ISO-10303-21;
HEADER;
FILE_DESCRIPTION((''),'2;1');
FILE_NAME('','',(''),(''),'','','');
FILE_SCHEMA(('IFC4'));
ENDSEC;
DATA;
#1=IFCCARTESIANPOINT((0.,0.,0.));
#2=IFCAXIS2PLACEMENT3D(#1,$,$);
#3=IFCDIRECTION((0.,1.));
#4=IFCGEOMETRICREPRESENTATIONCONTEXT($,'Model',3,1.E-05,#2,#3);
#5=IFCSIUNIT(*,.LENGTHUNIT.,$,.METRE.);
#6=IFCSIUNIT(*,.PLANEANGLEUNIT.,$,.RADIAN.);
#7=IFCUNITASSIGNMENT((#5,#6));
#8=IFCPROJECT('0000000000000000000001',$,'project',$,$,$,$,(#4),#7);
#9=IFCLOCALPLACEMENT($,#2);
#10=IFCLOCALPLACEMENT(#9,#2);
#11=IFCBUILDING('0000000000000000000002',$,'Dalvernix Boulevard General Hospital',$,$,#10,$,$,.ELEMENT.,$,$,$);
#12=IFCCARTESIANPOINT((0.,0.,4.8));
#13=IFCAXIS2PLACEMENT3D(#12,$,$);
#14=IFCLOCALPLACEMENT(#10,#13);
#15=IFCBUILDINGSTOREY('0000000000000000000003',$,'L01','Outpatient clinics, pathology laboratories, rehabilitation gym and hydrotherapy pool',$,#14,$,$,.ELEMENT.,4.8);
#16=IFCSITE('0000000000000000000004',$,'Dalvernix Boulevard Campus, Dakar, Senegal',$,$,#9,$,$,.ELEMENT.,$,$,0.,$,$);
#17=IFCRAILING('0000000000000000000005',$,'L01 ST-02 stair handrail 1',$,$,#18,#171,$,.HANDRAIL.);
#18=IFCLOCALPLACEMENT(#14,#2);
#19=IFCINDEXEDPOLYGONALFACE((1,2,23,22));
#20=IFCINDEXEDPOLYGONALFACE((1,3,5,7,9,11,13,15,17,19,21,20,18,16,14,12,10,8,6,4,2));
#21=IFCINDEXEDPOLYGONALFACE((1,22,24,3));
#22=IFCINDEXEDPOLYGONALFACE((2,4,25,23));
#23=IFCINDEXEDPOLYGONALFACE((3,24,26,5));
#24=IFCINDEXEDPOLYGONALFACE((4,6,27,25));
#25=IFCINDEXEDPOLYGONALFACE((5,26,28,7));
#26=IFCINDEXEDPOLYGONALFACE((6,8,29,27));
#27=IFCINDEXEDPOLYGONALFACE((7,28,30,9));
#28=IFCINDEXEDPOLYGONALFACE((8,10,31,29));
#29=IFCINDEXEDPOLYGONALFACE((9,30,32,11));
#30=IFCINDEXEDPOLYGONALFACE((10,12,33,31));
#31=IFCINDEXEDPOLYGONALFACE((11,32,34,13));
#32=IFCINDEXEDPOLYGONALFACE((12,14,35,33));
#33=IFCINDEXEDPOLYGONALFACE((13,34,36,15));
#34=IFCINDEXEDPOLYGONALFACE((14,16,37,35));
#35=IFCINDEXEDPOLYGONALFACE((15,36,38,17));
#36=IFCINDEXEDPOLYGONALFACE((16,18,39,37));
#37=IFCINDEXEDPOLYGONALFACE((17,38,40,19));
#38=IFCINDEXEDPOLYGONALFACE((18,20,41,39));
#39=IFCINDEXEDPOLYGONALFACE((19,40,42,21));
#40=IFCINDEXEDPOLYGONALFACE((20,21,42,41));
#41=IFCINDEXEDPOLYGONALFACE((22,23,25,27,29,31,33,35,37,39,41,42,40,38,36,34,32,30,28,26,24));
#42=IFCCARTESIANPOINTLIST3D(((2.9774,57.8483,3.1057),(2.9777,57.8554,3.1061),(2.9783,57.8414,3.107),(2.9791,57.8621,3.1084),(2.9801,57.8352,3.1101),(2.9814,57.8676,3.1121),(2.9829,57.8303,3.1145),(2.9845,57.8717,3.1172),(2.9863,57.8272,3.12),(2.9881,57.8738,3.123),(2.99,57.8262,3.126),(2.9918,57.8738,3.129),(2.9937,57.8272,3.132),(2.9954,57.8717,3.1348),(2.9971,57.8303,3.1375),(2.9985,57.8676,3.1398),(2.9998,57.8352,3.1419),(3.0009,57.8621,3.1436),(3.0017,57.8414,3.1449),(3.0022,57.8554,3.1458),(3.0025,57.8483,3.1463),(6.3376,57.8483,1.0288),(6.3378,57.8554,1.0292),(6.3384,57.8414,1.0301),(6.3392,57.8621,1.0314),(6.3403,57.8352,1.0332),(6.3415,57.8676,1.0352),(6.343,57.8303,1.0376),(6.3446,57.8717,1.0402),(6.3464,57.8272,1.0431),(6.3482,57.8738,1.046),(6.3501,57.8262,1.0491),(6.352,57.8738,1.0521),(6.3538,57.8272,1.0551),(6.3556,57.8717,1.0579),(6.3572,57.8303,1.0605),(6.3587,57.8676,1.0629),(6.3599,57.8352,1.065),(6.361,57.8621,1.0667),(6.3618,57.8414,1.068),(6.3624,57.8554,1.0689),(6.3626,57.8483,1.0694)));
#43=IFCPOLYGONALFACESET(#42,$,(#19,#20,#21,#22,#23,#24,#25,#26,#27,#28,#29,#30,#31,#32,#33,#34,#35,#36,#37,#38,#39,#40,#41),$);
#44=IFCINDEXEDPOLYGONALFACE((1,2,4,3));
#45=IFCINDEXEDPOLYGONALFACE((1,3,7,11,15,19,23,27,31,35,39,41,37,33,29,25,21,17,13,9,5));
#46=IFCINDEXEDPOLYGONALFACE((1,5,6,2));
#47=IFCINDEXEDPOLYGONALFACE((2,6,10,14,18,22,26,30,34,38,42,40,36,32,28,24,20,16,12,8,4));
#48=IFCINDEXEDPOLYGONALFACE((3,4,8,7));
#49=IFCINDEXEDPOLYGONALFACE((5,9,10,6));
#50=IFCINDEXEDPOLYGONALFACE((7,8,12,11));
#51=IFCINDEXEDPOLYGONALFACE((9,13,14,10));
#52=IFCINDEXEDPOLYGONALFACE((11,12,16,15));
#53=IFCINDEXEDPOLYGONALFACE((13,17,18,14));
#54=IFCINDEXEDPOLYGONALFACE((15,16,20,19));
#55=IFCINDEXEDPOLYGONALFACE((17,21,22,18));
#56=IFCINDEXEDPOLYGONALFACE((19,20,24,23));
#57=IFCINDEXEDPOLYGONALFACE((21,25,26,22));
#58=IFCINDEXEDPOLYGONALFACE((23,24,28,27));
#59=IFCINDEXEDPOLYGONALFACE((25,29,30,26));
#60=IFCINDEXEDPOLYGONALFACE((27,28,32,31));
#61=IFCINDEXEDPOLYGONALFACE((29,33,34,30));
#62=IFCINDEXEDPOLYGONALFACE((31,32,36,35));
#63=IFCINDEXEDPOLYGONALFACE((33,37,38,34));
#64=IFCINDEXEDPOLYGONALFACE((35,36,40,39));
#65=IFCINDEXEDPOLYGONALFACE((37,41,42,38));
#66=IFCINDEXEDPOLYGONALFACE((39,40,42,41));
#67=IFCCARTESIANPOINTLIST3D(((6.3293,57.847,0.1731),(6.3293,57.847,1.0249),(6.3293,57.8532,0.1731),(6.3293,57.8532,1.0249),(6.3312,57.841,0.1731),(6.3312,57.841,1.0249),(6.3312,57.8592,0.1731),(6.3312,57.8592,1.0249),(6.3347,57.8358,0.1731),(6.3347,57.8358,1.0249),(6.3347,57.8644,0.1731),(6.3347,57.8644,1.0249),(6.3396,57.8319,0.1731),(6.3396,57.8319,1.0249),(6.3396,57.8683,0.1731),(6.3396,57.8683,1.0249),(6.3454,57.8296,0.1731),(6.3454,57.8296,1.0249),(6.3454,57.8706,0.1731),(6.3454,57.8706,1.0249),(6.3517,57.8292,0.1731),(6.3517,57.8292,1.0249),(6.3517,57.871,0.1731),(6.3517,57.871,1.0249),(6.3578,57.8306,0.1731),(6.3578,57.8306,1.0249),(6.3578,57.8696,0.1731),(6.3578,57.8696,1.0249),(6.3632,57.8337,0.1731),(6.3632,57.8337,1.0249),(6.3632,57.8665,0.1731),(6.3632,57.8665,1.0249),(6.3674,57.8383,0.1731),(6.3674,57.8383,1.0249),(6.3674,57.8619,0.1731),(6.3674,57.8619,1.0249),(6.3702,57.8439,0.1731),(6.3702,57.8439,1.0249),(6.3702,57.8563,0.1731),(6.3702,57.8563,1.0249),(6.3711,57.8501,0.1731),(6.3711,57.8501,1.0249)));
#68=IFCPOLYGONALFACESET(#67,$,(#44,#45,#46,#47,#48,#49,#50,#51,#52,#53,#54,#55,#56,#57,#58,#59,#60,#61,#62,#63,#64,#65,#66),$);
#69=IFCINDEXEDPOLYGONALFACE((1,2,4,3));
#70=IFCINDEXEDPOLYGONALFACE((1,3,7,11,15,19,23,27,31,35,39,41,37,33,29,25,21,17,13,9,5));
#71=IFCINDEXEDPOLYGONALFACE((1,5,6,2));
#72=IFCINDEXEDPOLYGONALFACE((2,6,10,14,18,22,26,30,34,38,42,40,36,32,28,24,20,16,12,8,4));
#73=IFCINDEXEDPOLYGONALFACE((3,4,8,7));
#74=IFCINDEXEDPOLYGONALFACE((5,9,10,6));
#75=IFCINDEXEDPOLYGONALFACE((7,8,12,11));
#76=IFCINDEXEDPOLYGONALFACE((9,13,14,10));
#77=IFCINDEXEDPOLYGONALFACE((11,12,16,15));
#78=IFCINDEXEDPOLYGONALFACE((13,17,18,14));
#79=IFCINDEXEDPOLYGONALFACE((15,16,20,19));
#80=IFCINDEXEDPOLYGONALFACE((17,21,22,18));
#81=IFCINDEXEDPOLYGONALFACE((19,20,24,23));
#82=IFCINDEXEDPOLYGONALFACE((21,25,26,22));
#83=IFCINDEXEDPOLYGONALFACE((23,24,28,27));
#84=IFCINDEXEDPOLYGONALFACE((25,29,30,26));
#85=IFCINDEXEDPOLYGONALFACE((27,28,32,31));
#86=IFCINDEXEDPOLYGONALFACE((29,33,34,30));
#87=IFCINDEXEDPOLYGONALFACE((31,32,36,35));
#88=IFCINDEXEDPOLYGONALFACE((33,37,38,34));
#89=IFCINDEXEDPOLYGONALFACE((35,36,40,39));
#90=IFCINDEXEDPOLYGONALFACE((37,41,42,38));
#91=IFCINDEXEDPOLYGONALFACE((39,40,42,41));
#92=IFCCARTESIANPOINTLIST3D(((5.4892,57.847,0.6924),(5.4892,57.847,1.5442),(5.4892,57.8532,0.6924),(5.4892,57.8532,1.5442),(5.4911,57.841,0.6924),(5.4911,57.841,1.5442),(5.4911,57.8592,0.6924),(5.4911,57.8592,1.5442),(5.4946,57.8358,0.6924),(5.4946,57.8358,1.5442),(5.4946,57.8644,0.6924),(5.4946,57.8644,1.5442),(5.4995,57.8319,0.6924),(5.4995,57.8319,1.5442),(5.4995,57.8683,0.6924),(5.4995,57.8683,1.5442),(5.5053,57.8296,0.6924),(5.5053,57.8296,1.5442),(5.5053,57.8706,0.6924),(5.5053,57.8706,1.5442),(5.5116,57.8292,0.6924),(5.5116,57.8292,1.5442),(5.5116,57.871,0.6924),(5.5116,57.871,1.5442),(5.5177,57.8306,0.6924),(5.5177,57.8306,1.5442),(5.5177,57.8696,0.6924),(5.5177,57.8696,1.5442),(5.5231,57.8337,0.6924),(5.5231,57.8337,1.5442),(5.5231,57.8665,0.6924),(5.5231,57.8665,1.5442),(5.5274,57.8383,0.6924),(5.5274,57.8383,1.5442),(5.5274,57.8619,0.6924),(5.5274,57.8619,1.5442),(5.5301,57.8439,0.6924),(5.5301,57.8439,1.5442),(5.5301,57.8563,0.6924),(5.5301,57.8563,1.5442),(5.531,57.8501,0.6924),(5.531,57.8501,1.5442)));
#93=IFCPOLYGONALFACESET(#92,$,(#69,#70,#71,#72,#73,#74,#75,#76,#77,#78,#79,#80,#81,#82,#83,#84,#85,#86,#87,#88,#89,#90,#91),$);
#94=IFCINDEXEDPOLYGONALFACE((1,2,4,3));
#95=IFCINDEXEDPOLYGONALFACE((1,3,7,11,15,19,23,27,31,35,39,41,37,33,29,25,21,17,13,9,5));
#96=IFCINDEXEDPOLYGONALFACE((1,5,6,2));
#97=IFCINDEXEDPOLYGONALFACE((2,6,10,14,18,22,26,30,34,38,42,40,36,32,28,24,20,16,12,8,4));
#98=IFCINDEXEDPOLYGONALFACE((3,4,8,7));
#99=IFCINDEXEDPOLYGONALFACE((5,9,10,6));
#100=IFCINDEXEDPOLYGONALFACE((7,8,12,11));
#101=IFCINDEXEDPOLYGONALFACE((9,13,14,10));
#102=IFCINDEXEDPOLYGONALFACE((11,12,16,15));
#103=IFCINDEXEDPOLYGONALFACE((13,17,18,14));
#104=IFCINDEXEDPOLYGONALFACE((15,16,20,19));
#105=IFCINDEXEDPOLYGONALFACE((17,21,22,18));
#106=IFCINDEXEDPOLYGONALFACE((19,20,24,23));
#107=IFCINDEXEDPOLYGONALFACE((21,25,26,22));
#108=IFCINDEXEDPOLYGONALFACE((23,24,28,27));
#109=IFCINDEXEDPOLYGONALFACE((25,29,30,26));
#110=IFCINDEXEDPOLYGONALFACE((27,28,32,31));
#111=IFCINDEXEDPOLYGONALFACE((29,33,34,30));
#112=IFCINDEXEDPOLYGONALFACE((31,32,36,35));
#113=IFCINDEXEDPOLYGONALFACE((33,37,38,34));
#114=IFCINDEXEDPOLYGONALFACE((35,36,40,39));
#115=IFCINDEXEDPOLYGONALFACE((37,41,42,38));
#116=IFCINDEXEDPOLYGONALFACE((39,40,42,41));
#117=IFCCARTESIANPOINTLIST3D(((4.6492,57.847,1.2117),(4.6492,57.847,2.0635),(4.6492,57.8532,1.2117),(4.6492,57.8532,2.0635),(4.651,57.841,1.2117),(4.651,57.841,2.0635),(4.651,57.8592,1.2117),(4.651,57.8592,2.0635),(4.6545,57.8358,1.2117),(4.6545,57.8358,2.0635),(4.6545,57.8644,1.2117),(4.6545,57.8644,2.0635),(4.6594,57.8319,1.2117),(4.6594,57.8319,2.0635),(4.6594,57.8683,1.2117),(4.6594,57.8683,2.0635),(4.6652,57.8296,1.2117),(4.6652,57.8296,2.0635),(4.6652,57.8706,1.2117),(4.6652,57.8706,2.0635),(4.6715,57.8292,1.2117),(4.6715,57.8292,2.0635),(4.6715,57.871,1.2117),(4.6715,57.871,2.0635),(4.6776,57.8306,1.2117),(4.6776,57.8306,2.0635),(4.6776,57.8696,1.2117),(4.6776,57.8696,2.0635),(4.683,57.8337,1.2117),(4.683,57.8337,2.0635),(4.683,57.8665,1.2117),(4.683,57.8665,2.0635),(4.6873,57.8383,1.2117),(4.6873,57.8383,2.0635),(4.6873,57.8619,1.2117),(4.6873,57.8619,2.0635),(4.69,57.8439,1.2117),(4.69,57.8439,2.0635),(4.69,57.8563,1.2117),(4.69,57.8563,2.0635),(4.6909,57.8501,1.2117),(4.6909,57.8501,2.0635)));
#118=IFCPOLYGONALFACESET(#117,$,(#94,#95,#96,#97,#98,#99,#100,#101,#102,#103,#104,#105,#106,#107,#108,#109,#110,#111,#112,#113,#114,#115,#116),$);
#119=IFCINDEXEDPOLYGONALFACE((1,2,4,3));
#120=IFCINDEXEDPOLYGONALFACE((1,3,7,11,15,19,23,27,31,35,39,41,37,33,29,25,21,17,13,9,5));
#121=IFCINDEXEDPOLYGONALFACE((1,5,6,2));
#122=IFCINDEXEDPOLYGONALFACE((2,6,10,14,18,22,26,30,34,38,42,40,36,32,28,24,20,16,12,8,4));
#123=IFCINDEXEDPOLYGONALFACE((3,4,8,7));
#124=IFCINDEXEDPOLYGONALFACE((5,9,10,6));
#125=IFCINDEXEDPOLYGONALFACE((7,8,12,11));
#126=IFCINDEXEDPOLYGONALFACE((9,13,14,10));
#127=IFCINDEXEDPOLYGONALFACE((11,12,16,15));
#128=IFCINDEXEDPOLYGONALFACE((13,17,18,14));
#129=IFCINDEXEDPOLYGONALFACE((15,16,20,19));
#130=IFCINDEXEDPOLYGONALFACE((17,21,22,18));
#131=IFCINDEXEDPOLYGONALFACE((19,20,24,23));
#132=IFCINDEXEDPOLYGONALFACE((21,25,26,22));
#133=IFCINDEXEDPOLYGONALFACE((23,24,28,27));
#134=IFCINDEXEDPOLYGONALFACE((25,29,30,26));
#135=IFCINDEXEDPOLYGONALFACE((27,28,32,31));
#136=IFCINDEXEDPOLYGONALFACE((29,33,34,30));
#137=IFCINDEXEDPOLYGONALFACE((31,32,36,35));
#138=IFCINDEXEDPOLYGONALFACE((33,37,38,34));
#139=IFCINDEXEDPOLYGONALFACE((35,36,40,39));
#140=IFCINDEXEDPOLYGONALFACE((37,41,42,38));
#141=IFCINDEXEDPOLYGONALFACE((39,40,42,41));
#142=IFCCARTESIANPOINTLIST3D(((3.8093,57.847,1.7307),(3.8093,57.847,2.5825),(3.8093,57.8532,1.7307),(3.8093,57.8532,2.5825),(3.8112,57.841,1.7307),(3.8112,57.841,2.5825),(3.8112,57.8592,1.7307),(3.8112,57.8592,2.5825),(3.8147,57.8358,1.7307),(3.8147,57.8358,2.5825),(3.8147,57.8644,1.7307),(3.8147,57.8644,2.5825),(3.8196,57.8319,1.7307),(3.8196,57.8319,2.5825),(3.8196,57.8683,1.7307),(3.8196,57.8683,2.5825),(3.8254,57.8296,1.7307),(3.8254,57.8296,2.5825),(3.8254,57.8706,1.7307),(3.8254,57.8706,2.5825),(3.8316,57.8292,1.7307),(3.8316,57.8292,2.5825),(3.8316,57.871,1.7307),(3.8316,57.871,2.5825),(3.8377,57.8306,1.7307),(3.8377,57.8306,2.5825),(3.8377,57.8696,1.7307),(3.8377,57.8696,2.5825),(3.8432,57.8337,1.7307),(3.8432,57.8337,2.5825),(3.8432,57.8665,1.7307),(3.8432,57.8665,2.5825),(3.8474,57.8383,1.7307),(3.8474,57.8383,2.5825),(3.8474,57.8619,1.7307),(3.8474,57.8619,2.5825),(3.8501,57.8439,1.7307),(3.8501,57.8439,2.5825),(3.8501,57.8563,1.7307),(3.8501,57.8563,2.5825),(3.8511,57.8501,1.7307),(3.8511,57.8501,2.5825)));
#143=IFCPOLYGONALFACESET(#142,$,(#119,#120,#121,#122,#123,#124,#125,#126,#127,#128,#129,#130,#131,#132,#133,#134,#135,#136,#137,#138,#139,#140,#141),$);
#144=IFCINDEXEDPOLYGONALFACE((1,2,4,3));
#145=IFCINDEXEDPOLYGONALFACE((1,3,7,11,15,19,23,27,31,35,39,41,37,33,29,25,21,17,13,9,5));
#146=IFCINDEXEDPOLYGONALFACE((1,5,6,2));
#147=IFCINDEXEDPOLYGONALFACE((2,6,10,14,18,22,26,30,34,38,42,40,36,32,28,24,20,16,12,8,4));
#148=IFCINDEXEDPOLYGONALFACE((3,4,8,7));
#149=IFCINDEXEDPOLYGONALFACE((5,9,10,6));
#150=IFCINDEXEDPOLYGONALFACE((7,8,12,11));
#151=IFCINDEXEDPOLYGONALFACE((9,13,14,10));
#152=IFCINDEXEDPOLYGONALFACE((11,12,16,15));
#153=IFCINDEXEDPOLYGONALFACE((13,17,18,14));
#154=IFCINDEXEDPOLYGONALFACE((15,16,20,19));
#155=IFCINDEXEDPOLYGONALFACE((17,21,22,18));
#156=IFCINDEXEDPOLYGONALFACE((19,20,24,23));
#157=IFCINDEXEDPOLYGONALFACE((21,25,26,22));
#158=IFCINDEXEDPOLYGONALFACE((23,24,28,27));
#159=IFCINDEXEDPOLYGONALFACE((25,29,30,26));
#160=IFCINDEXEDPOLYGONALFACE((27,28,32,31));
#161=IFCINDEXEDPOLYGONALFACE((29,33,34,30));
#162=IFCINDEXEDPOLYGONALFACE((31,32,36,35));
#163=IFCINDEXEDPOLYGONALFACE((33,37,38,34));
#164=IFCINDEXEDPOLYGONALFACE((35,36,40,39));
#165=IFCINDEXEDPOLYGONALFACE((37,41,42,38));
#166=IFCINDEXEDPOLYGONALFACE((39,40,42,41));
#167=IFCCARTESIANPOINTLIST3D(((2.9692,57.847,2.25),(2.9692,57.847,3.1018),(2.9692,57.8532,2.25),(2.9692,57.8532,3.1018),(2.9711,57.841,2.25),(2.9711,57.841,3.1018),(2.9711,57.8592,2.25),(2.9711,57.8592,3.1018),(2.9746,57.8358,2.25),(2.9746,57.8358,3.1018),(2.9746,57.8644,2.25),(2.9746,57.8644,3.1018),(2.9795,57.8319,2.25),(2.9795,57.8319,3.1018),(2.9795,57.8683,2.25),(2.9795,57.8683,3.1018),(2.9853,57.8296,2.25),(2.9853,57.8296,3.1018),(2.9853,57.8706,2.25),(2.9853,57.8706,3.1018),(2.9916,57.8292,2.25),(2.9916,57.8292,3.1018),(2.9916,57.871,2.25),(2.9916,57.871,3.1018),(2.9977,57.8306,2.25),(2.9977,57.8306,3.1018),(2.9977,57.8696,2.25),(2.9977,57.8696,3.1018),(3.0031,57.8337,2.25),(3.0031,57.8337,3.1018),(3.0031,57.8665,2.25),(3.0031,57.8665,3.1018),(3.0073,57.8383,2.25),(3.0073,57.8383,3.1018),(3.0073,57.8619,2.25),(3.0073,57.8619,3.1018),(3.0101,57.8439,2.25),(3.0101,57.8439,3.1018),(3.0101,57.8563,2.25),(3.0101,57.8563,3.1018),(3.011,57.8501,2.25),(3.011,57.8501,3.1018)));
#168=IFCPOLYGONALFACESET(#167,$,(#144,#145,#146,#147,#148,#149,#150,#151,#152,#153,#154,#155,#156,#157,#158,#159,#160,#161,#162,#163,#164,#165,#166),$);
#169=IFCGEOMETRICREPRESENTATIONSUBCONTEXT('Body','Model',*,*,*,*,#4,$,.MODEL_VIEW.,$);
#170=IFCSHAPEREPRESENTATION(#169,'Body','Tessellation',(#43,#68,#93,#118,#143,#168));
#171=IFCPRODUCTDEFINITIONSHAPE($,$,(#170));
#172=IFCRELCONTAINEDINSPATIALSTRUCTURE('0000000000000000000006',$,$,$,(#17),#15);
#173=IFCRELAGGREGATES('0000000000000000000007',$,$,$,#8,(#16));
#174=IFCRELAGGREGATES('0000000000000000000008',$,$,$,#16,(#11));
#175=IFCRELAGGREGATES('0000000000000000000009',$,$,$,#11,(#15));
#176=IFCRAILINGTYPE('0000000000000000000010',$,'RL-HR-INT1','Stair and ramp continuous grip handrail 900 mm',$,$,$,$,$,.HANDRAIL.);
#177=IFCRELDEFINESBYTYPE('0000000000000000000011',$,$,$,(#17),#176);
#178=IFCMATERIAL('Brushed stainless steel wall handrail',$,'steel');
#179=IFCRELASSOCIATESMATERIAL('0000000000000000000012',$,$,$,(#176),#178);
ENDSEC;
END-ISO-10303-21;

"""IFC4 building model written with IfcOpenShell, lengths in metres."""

from ifc_helpers import new_model, si_unit, direction, frame, origin, origin_2d, place, context, subcontext, project, spatial, circle, extrude, material, type_object, element, save


model = new_model("IFC4")

# Units and contexts
model_context = context("Model", 3, precision=1e-05, world=origin(), true_north=direction((0.0, 1.0)))
body_context = subcontext(model_context, "Body", "Model", "MODEL_VIEW")
ifc_project = project(units=[si_unit("LENGTHUNIT", "METRE"), si_unit("PLANEANGLEUNIT", "RADIAN")], contexts=[model_context])

# Site, building, storey
site_placement = place(None, origin())
site = spatial("IfcSite", under=ifc_project, at=site_placement, Name="Dalvernix Boulevard Campus, Dakar, Senegal", CompositionType="ELEMENT", RefElevation=0.0)
building_placement = place(site_placement, origin())
building = spatial("IfcBuilding", under=site, at=building_placement, Name="Dalvernix Boulevard General Hospital", CompositionType="ELEMENT")
storey_placement = place(building_placement, frame((0.0, 0.0, 4.8)))
storey = spatial("IfcBuildingStorey", under=building, at=storey_placement, Name="L01", Description="Outpatient clinics, pathology laboratories, rehabilitation gym and hydrotherapy pool", CompositionType="ELEMENT", Elevation=4.8)

# Railing
ifc_material_1 = material(Name="Brushed stainless steel wall handrail", Category="steel")
railing_type_1 = type_object("IfcRailingType", Name="RL-HR-INT1", Description="Stair and ramp continuous grip handrail 900 mm", PredefinedType="HANDRAIL", material=ifc_material_1)
railing_1_placement = place(storey_placement, frame((6.3501, 57.8501, 0.1731)))
element("IfcRailing", 1, at=railing_1_placement, inside=storey, type_object=railing_type_1, Name="L01 ST-02 stair handrail 1", PredefinedType="HANDRAIL", context=body_context, shape_type="SweptSolid", body=[
    extrude(circle(Radius=0.0239, at=origin_2d()), frame((0.0, 0.0, 0.876), z_axis=(-0.850623, 0.0, 0.525776), x_axis=(0.0, -1.0, 0.0)), (0.0, 0.0, 1.0), 3.9502),
    extrude(circle(Radius=0.021, at=origin_2d()), origin(), (0.0, 0.0, 1.0), 0.8518),
    extrude(circle(Radius=0.021, at=origin_2d()), frame((-0.8401, 0.0, 0.5193)), (0.0, 0.0, 1.0), 0.8518),
    extrude(circle(Radius=0.021, at=origin_2d()), frame((-1.6802, 0.0, 1.0386)), (0.0, 0.0, 1.0), 0.8518),
    extrude(circle(Radius=0.021, at=origin_2d()), frame((-2.52, 0.0, 1.5576)), (0.0, 0.0, 1.0), 0.8518),
    extrude(circle(Radius=0.021, at=origin_2d()), frame((-3.3601, 0.0, 2.0769)), (0.0, 0.0, 1.0), 0.8518),
])

save(model, "model.ifc")
